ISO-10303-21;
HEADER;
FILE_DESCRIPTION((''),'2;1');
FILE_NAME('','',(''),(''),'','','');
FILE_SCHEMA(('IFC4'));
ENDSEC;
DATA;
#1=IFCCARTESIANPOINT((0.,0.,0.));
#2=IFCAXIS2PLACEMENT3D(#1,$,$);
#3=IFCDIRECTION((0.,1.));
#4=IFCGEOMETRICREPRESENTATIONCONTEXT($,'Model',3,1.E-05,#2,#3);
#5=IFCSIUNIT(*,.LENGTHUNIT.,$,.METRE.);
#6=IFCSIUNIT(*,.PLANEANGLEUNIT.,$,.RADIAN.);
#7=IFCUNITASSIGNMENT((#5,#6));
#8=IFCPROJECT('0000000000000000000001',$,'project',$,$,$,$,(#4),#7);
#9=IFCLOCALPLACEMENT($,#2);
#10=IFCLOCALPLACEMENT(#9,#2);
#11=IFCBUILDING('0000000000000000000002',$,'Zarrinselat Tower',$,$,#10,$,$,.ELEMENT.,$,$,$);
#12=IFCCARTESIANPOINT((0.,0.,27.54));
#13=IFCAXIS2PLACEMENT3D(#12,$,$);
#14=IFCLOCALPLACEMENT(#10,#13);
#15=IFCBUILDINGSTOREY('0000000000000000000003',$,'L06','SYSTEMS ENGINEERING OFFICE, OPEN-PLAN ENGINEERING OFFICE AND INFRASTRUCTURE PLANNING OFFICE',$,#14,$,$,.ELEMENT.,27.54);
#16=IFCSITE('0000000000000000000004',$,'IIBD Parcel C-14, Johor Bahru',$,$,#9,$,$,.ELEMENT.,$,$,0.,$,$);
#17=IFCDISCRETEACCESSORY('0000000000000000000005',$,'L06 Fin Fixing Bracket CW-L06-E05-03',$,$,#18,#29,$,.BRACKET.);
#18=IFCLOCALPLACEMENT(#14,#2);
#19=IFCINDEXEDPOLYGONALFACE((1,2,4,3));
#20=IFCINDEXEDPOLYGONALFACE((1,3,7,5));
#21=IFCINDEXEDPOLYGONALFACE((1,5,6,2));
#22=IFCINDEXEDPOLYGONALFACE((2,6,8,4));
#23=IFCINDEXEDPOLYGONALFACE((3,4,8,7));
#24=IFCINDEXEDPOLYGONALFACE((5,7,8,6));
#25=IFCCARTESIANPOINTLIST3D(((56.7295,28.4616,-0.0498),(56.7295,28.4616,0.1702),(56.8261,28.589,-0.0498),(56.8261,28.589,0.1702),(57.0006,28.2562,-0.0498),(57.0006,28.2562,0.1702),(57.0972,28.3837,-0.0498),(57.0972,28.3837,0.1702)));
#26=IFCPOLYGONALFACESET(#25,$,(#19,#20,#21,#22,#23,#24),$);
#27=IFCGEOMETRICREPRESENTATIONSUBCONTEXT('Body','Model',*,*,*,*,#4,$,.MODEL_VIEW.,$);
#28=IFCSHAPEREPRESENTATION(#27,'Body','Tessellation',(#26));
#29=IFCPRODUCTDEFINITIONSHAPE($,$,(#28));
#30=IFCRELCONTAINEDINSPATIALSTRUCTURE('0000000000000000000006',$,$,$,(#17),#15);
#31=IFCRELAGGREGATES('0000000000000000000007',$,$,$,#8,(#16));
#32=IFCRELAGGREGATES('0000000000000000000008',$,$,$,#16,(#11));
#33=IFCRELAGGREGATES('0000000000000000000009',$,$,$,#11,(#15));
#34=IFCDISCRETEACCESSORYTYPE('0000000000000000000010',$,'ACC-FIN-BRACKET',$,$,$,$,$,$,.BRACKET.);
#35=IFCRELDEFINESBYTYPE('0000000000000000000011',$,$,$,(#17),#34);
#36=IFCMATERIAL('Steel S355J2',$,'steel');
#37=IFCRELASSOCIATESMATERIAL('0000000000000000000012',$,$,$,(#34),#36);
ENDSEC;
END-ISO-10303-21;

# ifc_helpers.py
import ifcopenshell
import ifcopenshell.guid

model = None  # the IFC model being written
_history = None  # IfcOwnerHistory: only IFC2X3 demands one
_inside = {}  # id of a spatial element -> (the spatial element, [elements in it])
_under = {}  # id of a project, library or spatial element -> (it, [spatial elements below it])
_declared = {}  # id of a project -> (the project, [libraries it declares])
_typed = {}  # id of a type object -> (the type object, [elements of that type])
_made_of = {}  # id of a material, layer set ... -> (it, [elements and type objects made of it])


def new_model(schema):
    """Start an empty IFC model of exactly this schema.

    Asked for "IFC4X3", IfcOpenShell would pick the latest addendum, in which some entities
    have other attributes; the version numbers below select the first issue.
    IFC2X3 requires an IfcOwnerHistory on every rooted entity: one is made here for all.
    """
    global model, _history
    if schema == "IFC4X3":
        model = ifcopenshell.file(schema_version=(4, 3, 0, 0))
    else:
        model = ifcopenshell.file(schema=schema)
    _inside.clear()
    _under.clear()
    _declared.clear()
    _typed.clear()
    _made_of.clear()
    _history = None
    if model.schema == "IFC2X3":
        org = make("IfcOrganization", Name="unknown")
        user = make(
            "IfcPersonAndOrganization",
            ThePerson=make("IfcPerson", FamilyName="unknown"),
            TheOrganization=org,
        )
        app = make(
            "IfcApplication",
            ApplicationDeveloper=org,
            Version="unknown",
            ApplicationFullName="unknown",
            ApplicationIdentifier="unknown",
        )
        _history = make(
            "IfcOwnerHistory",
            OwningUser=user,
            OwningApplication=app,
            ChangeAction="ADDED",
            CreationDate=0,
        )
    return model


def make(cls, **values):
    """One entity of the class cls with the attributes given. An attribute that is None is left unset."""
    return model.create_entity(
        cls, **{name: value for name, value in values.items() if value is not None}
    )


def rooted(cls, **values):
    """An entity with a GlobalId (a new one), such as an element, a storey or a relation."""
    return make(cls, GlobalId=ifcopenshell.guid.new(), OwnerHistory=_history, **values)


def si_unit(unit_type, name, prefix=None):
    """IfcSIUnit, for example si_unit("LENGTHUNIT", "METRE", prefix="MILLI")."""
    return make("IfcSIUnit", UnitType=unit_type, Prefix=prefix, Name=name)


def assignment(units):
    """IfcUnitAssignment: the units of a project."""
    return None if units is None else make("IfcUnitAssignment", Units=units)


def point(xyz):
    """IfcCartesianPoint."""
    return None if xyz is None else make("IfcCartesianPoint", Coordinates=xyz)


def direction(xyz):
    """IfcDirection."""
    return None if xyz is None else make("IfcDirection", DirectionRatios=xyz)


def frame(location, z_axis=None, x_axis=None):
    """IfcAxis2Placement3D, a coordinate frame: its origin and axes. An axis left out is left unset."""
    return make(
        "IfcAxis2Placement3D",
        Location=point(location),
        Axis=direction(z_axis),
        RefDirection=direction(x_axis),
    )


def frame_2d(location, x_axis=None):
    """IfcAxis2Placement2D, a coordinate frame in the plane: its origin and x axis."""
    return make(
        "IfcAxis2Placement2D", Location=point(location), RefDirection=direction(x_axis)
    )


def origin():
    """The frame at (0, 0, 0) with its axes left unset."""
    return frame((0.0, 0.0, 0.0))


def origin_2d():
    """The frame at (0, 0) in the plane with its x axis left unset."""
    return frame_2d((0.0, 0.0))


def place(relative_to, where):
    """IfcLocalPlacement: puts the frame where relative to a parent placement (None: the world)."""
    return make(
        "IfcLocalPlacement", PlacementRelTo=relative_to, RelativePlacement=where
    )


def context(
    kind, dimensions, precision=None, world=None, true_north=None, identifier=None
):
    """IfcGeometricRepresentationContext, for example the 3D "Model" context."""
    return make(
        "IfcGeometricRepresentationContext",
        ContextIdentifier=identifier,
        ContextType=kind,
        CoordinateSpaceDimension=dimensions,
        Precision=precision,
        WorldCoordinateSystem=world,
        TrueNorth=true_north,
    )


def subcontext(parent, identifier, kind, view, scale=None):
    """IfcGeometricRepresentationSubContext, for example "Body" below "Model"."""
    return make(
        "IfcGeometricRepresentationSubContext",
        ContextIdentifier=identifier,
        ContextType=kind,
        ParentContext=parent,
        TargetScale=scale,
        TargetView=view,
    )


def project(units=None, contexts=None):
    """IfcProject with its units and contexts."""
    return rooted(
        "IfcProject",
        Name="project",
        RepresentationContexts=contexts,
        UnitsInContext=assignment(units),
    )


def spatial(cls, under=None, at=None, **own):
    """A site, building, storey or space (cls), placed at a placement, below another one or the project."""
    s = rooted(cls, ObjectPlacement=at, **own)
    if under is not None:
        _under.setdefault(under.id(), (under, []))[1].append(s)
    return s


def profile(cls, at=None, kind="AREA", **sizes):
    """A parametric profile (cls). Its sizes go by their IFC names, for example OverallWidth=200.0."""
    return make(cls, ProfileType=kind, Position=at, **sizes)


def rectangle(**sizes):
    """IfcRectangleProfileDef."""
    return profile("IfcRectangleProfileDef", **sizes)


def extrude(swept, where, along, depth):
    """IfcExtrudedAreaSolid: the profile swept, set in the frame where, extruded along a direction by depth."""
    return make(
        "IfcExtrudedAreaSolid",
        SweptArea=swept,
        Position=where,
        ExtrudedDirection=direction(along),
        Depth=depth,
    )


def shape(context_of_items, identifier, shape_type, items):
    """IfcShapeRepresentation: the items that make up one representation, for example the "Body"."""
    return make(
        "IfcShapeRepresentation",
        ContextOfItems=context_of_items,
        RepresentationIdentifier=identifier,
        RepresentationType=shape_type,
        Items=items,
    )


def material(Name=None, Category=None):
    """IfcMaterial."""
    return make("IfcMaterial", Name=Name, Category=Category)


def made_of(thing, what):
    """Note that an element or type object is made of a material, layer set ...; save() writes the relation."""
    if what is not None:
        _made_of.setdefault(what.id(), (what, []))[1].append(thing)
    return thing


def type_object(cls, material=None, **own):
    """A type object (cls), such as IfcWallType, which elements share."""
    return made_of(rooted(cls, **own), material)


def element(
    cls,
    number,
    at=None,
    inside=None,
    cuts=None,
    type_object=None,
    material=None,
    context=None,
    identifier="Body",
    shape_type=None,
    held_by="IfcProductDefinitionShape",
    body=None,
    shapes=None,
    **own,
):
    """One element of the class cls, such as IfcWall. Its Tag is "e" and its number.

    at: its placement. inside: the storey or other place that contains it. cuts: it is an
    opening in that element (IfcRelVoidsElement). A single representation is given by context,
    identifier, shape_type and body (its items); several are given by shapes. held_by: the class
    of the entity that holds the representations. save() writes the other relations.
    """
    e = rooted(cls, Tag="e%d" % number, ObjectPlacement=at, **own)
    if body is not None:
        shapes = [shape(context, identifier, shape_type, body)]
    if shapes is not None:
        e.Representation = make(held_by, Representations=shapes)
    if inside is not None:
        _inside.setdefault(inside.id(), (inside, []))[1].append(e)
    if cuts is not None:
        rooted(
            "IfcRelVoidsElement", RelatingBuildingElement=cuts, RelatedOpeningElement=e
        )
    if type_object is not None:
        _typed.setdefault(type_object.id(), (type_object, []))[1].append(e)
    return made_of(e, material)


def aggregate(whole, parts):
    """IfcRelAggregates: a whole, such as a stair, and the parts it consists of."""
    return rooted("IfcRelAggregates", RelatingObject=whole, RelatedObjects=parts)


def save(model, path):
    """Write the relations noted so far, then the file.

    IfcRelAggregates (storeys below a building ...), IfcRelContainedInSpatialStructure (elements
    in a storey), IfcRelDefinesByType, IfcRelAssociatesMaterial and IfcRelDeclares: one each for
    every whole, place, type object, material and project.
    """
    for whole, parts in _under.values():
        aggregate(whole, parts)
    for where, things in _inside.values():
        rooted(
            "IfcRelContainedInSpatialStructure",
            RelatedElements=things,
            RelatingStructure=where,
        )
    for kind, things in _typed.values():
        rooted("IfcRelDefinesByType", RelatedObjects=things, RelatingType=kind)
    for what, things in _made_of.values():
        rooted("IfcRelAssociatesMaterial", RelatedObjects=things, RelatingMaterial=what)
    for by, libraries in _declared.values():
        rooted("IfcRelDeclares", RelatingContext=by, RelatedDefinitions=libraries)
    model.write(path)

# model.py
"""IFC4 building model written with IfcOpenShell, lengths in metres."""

from ifc_helpers import new_model, si_unit, direction, frame, origin, origin_2d, place, context, subcontext, project, spatial, rectangle, extrude, material, type_object, element, save


model = new_model("IFC4")

# Units and contexts
model_context = context("Model", 3, precision=1e-05, world=origin(), true_north=direction((0.0, 1.0)))
body_context = subcontext(model_context, "Body", "Model", "MODEL_VIEW")
ifc_project = project(units=[si_unit("LENGTHUNIT", "METRE"), si_unit("PLANEANGLEUNIT", "RADIAN")], contexts=[model_context])

# Site, building, storey
site_placement = place(None, origin())
site = spatial("IfcSite", under=ifc_project, at=site_placement, Name="IIBD Parcel C-14, Johor Bahru", CompositionType="ELEMENT", RefElevation=0.0)
building_placement = place(site_placement, origin())
building = spatial("IfcBuilding", under=site, at=building_placement, Name="Zarrinselat Tower", CompositionType="ELEMENT")
storey_placement = place(building_placement, frame((0.0, 0.0, 27.54)))
storey = spatial("IfcBuildingStorey", under=building, at=storey_placement, Name="L06", Description="SYSTEMS ENGINEERING OFFICE, OPEN-PLAN ENGINEERING OFFICE AND INFRASTRUCTURE PLANNING OFFICE", CompositionType="ELEMENT", Elevation=27.54)

# Discrete accessory
ifc_material_1 = material(Name="Steel S355J2", Category="steel")
discrete_accessory_type = type_object("IfcDiscreteAccessoryType", Name="ACC-FIN-BRACKET", PredefinedType="BRACKET", material=ifc_material_1)
discrete_accessory_placement = place(storey_placement, frame((56.9133, 28.4226, -0.0498), z_axis=(0.0, 0.0, 1.0), x_axis=(0.797092, -0.603858, 0.0)))
element("IfcDiscreteAccessory", 1, at=discrete_accessory_placement, inside=storey, type_object=discrete_accessory_type, Name="L06 Fin Fixing Bracket CW-L06-E05-03", PredefinedType="BRACKET", context=body_context, shape_type="SweptSolid", body=[
    extrude(rectangle(XDim=0.3401, YDim=0.1599, at=origin_2d()), origin(), (0.0, 0.0, 1.0), 0.22),
])

save(model, "model.ifc")
